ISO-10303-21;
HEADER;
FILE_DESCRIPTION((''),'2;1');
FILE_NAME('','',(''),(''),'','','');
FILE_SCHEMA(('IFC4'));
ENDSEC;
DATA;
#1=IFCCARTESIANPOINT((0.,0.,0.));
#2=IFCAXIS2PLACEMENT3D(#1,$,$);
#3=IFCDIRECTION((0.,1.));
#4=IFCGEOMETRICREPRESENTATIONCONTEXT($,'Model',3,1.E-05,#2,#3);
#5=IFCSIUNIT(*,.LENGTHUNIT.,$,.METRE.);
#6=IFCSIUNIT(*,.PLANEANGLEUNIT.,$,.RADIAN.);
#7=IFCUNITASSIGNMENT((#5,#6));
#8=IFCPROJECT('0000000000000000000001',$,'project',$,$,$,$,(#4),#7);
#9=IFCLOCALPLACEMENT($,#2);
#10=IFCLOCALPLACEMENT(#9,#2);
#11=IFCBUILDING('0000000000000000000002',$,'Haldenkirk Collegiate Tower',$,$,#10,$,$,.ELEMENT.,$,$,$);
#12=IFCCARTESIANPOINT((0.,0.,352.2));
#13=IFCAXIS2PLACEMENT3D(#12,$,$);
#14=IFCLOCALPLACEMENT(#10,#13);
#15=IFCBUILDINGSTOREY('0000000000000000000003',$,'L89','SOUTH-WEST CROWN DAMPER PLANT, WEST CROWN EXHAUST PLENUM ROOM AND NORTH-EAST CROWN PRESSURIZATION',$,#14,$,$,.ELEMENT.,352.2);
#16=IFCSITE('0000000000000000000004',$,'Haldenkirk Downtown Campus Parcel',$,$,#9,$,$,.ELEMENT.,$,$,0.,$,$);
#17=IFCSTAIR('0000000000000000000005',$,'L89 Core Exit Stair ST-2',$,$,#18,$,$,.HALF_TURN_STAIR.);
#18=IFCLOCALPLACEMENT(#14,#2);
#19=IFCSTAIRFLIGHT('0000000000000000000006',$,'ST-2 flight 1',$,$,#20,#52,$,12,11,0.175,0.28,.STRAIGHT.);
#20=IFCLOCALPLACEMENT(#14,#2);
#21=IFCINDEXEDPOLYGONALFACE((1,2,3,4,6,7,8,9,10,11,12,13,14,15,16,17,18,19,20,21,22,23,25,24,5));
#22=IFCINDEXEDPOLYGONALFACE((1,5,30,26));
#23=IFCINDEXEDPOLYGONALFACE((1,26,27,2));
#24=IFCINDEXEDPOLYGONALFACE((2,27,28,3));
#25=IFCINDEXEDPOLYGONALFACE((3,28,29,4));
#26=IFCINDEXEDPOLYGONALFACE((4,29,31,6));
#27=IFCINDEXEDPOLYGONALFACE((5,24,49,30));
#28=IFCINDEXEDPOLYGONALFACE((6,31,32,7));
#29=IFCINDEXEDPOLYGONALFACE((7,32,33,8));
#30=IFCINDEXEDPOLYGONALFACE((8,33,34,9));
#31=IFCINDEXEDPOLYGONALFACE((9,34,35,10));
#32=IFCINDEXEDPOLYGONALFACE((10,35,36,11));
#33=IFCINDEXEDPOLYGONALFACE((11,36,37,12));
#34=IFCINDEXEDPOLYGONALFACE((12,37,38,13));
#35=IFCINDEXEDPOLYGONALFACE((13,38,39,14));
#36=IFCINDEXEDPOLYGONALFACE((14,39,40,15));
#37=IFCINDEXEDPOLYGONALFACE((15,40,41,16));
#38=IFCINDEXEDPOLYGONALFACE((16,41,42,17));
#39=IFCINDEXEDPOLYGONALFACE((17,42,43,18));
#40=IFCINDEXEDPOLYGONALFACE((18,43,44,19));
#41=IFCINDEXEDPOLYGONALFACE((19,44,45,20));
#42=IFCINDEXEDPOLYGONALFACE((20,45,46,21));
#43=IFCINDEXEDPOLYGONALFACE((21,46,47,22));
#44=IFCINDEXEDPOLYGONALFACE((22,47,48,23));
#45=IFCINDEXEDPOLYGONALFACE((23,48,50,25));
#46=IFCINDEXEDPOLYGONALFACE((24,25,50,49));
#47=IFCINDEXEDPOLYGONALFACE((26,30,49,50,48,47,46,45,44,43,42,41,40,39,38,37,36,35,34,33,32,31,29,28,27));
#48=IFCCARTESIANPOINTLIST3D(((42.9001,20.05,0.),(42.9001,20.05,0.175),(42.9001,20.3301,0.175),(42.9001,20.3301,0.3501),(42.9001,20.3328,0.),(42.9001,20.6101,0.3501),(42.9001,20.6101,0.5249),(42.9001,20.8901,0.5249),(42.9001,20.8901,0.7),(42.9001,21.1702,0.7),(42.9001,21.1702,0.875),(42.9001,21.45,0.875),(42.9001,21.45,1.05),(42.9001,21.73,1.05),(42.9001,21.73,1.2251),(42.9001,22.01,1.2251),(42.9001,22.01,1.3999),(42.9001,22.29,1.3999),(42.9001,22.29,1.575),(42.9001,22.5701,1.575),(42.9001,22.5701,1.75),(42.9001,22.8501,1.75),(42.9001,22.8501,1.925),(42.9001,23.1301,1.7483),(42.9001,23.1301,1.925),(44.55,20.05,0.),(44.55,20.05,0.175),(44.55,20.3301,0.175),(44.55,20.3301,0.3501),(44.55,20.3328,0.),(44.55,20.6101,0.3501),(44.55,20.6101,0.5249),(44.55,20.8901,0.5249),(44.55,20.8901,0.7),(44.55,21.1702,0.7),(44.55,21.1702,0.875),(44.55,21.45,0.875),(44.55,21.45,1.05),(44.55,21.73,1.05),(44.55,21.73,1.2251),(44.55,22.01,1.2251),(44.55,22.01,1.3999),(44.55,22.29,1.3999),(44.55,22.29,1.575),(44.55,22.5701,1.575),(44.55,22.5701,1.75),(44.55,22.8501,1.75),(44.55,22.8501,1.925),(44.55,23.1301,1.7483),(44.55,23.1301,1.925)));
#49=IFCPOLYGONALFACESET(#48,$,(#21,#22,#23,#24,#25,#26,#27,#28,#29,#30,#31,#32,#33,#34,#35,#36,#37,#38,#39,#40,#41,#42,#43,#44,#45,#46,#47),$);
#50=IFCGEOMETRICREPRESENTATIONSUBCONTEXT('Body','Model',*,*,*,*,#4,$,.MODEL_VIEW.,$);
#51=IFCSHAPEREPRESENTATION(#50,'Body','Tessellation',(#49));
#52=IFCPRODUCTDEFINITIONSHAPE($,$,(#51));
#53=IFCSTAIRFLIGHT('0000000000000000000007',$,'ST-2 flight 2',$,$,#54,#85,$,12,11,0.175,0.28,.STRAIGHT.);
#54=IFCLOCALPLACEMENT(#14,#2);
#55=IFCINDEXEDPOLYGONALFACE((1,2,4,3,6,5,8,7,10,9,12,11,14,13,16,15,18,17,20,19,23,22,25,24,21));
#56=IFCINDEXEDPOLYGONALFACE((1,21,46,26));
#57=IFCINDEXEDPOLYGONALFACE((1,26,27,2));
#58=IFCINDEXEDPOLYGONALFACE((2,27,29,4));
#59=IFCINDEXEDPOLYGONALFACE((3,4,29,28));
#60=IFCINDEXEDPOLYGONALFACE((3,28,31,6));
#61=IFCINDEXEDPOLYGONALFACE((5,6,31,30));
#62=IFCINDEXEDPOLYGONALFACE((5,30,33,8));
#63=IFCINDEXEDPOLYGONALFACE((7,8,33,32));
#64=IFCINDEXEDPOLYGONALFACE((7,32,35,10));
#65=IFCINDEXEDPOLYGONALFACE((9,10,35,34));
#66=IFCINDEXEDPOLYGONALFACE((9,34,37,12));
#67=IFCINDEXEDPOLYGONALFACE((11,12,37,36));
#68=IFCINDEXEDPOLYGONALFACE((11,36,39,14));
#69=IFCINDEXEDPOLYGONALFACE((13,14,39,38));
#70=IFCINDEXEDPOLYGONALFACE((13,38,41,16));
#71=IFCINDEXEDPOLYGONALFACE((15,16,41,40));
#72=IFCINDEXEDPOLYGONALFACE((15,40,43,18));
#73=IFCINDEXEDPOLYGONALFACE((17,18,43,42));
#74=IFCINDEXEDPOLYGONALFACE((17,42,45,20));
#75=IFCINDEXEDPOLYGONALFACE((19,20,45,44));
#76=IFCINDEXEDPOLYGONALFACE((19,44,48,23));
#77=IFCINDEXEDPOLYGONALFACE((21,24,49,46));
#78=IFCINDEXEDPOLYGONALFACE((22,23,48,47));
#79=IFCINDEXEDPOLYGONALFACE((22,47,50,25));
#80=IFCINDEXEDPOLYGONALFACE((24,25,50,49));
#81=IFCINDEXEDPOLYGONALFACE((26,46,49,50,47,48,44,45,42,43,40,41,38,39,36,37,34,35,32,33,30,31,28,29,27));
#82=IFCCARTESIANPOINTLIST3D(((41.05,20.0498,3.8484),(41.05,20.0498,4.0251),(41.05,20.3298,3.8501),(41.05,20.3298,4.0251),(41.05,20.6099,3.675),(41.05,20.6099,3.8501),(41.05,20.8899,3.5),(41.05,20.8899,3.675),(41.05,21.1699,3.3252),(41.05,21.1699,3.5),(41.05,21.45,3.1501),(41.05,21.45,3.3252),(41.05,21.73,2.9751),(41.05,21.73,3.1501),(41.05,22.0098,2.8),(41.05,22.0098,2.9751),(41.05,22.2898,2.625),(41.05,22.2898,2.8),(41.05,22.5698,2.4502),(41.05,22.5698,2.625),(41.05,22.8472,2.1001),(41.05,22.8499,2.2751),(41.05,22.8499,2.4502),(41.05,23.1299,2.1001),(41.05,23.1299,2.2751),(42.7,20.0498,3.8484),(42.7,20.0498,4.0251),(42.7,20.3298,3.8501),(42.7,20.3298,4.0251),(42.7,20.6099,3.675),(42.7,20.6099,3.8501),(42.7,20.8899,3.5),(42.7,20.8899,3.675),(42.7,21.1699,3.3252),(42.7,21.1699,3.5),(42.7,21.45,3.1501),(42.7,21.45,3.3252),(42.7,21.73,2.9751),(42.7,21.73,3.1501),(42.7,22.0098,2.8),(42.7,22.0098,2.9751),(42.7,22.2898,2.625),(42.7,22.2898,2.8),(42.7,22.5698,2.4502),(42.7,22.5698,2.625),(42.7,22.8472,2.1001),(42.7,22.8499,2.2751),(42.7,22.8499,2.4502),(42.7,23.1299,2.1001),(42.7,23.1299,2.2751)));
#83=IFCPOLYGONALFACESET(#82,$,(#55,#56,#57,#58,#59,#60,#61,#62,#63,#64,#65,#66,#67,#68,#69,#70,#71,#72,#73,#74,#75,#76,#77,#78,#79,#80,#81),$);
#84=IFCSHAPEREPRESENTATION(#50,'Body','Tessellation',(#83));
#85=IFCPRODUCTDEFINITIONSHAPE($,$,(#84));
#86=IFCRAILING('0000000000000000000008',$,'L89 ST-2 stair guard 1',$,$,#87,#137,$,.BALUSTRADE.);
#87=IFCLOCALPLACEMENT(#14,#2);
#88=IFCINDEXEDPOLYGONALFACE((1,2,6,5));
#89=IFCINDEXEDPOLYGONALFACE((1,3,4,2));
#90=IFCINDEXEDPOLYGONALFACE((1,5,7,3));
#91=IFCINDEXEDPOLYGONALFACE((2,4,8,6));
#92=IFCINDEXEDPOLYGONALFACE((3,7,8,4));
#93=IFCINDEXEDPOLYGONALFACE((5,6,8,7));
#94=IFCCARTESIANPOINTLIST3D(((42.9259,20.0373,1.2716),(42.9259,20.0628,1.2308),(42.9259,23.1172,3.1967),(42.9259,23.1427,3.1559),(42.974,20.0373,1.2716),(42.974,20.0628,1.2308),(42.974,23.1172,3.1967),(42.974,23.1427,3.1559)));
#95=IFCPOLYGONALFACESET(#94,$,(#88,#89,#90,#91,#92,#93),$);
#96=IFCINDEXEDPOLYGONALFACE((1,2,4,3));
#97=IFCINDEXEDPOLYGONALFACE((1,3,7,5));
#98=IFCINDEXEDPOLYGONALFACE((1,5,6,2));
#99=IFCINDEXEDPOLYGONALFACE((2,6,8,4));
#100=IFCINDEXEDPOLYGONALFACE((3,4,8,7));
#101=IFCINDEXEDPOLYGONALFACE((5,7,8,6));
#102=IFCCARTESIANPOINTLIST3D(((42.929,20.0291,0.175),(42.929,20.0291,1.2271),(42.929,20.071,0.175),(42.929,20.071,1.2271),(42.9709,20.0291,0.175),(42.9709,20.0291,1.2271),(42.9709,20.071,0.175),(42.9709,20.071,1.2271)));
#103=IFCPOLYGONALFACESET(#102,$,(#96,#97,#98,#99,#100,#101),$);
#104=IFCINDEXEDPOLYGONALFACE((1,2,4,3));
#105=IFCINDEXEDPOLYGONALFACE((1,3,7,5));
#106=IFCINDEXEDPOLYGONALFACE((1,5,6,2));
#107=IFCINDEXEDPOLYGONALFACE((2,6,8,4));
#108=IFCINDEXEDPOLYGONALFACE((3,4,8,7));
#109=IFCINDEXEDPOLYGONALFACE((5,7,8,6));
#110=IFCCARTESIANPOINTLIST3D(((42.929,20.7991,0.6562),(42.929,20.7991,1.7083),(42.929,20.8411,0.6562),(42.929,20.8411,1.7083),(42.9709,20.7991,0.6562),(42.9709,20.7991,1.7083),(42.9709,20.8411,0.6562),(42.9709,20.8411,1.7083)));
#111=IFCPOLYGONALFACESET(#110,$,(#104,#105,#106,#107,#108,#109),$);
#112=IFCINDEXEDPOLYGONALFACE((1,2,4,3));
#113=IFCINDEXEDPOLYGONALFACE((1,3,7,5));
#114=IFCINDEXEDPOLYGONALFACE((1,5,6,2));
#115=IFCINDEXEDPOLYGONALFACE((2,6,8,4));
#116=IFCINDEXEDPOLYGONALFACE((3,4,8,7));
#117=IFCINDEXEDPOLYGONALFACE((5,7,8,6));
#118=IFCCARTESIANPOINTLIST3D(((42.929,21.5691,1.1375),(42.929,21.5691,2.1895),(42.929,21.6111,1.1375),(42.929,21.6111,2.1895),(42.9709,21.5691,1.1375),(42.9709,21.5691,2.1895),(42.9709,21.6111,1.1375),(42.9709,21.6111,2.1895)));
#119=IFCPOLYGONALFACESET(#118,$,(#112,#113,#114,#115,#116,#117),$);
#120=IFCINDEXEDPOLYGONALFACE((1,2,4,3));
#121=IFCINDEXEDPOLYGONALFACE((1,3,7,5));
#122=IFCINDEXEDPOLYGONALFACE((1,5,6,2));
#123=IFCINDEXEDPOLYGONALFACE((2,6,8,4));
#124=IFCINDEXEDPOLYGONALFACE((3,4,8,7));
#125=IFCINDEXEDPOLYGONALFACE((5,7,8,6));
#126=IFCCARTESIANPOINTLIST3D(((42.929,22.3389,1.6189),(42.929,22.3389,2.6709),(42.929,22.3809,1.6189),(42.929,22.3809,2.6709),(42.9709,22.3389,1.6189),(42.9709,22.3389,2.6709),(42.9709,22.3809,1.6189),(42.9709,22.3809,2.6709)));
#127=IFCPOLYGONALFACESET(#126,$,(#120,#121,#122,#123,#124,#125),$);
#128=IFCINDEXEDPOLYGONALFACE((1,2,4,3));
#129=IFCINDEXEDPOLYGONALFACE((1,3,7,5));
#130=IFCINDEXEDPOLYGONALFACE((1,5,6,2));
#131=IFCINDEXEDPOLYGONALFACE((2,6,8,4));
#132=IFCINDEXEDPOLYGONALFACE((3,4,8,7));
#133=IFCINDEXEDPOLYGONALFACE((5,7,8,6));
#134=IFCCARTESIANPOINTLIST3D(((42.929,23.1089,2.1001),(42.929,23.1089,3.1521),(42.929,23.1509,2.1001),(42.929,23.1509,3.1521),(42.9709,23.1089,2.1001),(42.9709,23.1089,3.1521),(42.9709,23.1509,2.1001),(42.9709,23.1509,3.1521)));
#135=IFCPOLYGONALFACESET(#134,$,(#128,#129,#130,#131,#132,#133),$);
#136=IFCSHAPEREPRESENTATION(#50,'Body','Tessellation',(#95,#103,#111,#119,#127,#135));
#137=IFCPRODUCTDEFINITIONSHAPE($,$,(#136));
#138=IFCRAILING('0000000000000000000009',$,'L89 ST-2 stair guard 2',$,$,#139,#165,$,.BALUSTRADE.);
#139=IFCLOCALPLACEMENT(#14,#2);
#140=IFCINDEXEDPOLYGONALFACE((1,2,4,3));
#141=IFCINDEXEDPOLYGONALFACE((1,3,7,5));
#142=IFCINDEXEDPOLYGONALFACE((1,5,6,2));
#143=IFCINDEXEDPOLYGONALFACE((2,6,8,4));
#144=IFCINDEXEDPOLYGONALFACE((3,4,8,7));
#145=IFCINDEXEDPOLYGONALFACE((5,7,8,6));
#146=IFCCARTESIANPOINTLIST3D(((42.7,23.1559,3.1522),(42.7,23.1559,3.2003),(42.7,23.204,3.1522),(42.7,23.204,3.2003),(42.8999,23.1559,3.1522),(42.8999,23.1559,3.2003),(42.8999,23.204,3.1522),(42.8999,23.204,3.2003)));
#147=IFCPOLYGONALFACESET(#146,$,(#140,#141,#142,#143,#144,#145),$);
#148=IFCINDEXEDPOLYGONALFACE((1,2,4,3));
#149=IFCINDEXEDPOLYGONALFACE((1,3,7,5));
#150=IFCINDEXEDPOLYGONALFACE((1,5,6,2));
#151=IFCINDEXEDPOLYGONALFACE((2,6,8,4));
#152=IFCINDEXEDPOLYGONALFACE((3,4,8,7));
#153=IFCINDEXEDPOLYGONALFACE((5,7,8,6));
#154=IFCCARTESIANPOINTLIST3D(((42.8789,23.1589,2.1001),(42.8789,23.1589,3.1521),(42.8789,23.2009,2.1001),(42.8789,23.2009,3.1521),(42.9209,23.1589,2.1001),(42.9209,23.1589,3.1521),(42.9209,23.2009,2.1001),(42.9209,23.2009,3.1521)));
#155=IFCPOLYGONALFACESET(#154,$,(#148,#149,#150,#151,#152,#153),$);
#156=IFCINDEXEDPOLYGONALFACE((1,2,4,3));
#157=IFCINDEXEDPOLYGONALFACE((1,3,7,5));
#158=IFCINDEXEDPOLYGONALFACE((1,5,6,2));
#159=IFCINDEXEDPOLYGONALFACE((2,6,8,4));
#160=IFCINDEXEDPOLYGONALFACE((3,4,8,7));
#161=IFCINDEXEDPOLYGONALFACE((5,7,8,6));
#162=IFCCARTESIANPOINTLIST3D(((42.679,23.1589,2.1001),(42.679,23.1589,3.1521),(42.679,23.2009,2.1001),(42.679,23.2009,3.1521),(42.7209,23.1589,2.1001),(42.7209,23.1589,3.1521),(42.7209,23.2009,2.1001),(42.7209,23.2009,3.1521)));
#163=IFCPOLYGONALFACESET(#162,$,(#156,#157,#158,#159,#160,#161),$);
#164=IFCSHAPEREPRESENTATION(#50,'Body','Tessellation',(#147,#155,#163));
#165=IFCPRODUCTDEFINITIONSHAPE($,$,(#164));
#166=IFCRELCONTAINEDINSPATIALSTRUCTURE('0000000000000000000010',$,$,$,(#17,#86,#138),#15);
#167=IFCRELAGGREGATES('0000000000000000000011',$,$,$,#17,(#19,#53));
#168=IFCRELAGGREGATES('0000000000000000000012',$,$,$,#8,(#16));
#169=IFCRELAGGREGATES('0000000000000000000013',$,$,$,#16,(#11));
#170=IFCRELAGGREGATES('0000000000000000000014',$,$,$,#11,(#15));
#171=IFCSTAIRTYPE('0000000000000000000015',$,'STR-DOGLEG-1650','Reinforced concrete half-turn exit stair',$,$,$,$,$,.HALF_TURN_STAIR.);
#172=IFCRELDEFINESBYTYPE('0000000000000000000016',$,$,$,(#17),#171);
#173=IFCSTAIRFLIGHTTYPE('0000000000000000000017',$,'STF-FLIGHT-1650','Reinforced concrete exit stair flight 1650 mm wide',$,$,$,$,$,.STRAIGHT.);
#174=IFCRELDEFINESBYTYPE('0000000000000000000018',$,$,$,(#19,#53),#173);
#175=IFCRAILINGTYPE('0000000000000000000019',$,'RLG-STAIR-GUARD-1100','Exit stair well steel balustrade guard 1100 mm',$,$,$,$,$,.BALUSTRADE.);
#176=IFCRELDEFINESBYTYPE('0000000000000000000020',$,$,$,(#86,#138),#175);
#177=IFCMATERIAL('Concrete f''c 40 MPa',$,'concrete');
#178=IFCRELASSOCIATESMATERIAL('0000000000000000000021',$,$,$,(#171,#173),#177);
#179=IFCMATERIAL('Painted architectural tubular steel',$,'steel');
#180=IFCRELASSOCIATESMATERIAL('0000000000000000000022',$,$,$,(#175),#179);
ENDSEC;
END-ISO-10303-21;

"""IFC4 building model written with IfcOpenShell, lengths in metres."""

from ifc_helpers import new_model, si_unit, direction, frame, origin, origin_2d, place, context, subcontext, project, spatial, polyline, rectangle, outline, extrude, material, type_object, element, aggregate, save


model = new_model("IFC4")

# Units and contexts
model_context = context("Model", 3, precision=1e-05, world=origin(), true_north=direction((0.0, 1.0)))
body_context = subcontext(model_context, "Body", "Model", "MODEL_VIEW")
ifc_project = project(units=[si_unit("LENGTHUNIT", "METRE"), si_unit("PLANEANGLEUNIT", "RADIAN")], contexts=[model_context])

# Site, building, storey
site_placement = place(None, origin())
site = spatial("IfcSite", under=ifc_project, at=site_placement, Name="Haldenkirk Downtown Campus Parcel", CompositionType="ELEMENT", RefElevation=0.0)
building_placement = place(site_placement, origin())
building = spatial("IfcBuilding", under=site, at=building_placement, Name="Haldenkirk Collegiate Tower", CompositionType="ELEMENT")
storey_placement = place(building_placement, frame((0.0, 0.0, 352.2)))
storey = spatial("IfcBuildingStorey", under=building, at=storey_placement, Name="L89", Description="SOUTH-WEST CROWN DAMPER PLANT, WEST CROWN EXHAUST PLENUM ROOM AND NORTH-EAST CROWN PRESSURIZATION", CompositionType="ELEMENT", Elevation=352.2)

# Stair, stair flights
ifc_material_1 = material(Name="Concrete f'c 40 MPa", Category="concrete")
stair_type = type_object("IfcStairType", Name="STR-DOGLEG-1650", Description="Reinforced concrete half-turn exit stair", PredefinedType="HALF_TURN_STAIR", material=ifc_material_1)
stair_placement = place(storey_placement, origin())
stair = element("IfcStair", 1, at=stair_placement, inside=storey, type_object=stair_type, Name="L89 Core Exit Stair ST-2", PredefinedType="HALF_TURN_STAIR")
stair_flight_type = type_object("IfcStairFlightType", Name="STF-FLIGHT-1650", Description="Reinforced concrete exit stair flight 1650 mm wide", PredefinedType="STRAIGHT", material=ifc_material_1)
stair_flight_1_placement = place(storey_placement, frame((43.7251, 20.05, 0.0), z_axis=(0.0, 0.0, 1.0), x_axis=(0.0, 1.0, 0.0)))
stair_flight_1 = element("IfcStairFlight", 2, at=stair_flight_1_placement, type_object=stair_flight_type, Name="ST-2 flight 1", NumberOfRisers=12, NumberOfTreads=11, PredefinedType="STRAIGHT", RiserHeight=0.175, TreadLength=0.28, context=body_context, shape_type="SweptSolid", body=[
    extrude(outline(polyline([(0.0, 0.0), (0.0, 0.175), (0.28, 0.175), (0.28, 0.3501), (0.5601, 0.3501), (0.5601, 0.5249), (0.8401, 0.5249), (0.8401, 0.7), (1.1201, 0.7), (1.1201, 0.875), (1.3999, 0.875), (1.3999, 1.05), (1.6799, 1.05), (1.6799, 1.2251), (1.96, 1.2251), (1.96, 1.3999), (2.24, 1.3999), (2.24, 1.575), (2.52, 1.575), (2.52, 1.75), (2.8, 1.75), (2.8, 1.925), (3.0801, 1.925), (3.0801, 2.1001), (3.0801, 1.7483), (0.2827, 0.0), (0.0, 0.0)])), frame((0.0, 0.825, 0.0), z_axis=(0.0, -1.0, 0.0), x_axis=(1.0, 0.0, 0.0)), (0.0, 0.0, 1.0), 1.6499),
])
stair_flight_2_placement = place(storey_placement, frame((41.875, 23.1299, 2.1001), z_axis=(0.0, 0.0, 1.0), x_axis=(0.0, -1.0, 0.0)))
stair_flight_2 = element("IfcStairFlight", 3, at=stair_flight_2_placement, type_object=stair_flight_type, Name="ST-2 flight 2", NumberOfRisers=12, NumberOfTreads=11, PredefinedType="STRAIGHT", RiserHeight=0.175, TreadLength=0.28, context=body_context, shape_type="SweptSolid", body=[
    extrude(outline(polyline([(0.0, 0.0), (0.0, 0.175), (0.28, 0.175), (0.28, 0.3501), (0.5601, 0.3501), (0.5601, 0.5249), (0.8401, 0.5249), (0.8401, 0.7), (1.1201, 0.7), (1.1201, 0.875), (1.3999, 0.875), (1.3999, 1.05), (1.6799, 1.05), (1.6799, 1.2251), (1.96, 1.2251), (1.96, 1.3999), (2.24, 1.3999), (2.24, 1.575), (2.52, 1.575), (2.52, 1.75), (2.8, 1.75), (2.8, 1.925), (3.0801, 1.925), (3.0801, 2.1001), (3.0801, 1.7483), (0.2827, 0.0), (0.0, 0.0)])), frame((0.0, 0.825, 0.0), z_axis=(0.0, -1.0, 0.0), x_axis=(1.0, 0.0, 0.0)), (0.0, 0.0, 1.0), 1.6499),
])
aggregate(stair, [stair_flight_1, stair_flight_2])

# Railings
ifc_material_2 = material(Name="Painted architectural tubular steel", Category="steel")
railing_type_1 = type_object("IfcRailingType", Name="RLG-STAIR-GUARD-1100", Description="Exit stair well steel balustrade guard 1100 mm", PredefinedType="BALUSTRADE", material=ifc_material_2)
railing_1_placement = place(storey_placement, frame((42.95, 20.05, 0.175)))
element("IfcRailing", 4, at=railing_1_placement, inside=storey, type_object=railing_type_1, Name="L89 ST-2 stair guard 1", PredefinedType="BALUSTRADE", context=body_context, shape_type="SweptSolid", body=[
    extrude(rectangle(XDim=0.0481, YDim=0.0481, at=origin_2d()), frame((0.0, 0.0, 1.0762), z_axis=(0.0, 0.847979, 0.530029), x_axis=(-1.0, 0.0, 0.0)), (0.0, 0.0, 1.0), 3.6321),
    extrude(rectangle(XDim=0.042, YDim=0.042, at=origin_2d()), origin(), (0.0, 0.0, 1.0), 1.052),
    extrude(rectangle(XDim=0.042, YDim=0.042, at=origin_2d()), frame((0.0, 0.77, 0.4812)), (0.0, 0.0, 1.0), 1.052),
    extrude(rectangle(XDim=0.042, YDim=0.042, at=origin_2d()), frame((0.0, 1.54, 0.9624)), (0.0, 0.0, 1.0), 1.052),
    extrude(rectangle(XDim=0.042, YDim=0.042, at=origin_2d()), frame((0.0, 2.3098, 1.4438)), (0.0, 0.0, 1.0), 1.052),
    extrude(rectangle(XDim=0.042, YDim=0.042, at=origin_2d()), frame((0.0, 3.0798, 1.925)), (0.0, 0.0, 1.0), 1.052),
])
railing_2_placement = place(storey_placement, frame((42.8999, 23.1799, 2.1001)))
element("IfcRailing", 5, at=railing_2_placement, inside=storey, type_object=railing_type_1, Name="L89 ST-2 stair guard 2", PredefinedType="BALUSTRADE", context=body_context, shape_type="SweptSolid", body=[
    extrude(rectangle(XDim=0.0481, YDim=0.0481, at=origin_2d()), frame((0.0, 0.0, 1.0762), z_axis=(-1.0, 0.0, 0.0), x_axis=(0.0, -1.0, 0.0)), (0.0, 0.0, 1.0), 0.2),
    extrude(rectangle(XDim=0.042, YDim=0.042, at=origin_2d()), origin(), (0.0, 0.0, 1.0), 1.052),
    extrude(rectangle(XDim=0.042, YDim=0.042, at=origin_2d()), frame((-0.2, 0.0, 0.0)), (0.0, 0.0, 1.0), 1.052),
])

save(model, "model.ifc")
